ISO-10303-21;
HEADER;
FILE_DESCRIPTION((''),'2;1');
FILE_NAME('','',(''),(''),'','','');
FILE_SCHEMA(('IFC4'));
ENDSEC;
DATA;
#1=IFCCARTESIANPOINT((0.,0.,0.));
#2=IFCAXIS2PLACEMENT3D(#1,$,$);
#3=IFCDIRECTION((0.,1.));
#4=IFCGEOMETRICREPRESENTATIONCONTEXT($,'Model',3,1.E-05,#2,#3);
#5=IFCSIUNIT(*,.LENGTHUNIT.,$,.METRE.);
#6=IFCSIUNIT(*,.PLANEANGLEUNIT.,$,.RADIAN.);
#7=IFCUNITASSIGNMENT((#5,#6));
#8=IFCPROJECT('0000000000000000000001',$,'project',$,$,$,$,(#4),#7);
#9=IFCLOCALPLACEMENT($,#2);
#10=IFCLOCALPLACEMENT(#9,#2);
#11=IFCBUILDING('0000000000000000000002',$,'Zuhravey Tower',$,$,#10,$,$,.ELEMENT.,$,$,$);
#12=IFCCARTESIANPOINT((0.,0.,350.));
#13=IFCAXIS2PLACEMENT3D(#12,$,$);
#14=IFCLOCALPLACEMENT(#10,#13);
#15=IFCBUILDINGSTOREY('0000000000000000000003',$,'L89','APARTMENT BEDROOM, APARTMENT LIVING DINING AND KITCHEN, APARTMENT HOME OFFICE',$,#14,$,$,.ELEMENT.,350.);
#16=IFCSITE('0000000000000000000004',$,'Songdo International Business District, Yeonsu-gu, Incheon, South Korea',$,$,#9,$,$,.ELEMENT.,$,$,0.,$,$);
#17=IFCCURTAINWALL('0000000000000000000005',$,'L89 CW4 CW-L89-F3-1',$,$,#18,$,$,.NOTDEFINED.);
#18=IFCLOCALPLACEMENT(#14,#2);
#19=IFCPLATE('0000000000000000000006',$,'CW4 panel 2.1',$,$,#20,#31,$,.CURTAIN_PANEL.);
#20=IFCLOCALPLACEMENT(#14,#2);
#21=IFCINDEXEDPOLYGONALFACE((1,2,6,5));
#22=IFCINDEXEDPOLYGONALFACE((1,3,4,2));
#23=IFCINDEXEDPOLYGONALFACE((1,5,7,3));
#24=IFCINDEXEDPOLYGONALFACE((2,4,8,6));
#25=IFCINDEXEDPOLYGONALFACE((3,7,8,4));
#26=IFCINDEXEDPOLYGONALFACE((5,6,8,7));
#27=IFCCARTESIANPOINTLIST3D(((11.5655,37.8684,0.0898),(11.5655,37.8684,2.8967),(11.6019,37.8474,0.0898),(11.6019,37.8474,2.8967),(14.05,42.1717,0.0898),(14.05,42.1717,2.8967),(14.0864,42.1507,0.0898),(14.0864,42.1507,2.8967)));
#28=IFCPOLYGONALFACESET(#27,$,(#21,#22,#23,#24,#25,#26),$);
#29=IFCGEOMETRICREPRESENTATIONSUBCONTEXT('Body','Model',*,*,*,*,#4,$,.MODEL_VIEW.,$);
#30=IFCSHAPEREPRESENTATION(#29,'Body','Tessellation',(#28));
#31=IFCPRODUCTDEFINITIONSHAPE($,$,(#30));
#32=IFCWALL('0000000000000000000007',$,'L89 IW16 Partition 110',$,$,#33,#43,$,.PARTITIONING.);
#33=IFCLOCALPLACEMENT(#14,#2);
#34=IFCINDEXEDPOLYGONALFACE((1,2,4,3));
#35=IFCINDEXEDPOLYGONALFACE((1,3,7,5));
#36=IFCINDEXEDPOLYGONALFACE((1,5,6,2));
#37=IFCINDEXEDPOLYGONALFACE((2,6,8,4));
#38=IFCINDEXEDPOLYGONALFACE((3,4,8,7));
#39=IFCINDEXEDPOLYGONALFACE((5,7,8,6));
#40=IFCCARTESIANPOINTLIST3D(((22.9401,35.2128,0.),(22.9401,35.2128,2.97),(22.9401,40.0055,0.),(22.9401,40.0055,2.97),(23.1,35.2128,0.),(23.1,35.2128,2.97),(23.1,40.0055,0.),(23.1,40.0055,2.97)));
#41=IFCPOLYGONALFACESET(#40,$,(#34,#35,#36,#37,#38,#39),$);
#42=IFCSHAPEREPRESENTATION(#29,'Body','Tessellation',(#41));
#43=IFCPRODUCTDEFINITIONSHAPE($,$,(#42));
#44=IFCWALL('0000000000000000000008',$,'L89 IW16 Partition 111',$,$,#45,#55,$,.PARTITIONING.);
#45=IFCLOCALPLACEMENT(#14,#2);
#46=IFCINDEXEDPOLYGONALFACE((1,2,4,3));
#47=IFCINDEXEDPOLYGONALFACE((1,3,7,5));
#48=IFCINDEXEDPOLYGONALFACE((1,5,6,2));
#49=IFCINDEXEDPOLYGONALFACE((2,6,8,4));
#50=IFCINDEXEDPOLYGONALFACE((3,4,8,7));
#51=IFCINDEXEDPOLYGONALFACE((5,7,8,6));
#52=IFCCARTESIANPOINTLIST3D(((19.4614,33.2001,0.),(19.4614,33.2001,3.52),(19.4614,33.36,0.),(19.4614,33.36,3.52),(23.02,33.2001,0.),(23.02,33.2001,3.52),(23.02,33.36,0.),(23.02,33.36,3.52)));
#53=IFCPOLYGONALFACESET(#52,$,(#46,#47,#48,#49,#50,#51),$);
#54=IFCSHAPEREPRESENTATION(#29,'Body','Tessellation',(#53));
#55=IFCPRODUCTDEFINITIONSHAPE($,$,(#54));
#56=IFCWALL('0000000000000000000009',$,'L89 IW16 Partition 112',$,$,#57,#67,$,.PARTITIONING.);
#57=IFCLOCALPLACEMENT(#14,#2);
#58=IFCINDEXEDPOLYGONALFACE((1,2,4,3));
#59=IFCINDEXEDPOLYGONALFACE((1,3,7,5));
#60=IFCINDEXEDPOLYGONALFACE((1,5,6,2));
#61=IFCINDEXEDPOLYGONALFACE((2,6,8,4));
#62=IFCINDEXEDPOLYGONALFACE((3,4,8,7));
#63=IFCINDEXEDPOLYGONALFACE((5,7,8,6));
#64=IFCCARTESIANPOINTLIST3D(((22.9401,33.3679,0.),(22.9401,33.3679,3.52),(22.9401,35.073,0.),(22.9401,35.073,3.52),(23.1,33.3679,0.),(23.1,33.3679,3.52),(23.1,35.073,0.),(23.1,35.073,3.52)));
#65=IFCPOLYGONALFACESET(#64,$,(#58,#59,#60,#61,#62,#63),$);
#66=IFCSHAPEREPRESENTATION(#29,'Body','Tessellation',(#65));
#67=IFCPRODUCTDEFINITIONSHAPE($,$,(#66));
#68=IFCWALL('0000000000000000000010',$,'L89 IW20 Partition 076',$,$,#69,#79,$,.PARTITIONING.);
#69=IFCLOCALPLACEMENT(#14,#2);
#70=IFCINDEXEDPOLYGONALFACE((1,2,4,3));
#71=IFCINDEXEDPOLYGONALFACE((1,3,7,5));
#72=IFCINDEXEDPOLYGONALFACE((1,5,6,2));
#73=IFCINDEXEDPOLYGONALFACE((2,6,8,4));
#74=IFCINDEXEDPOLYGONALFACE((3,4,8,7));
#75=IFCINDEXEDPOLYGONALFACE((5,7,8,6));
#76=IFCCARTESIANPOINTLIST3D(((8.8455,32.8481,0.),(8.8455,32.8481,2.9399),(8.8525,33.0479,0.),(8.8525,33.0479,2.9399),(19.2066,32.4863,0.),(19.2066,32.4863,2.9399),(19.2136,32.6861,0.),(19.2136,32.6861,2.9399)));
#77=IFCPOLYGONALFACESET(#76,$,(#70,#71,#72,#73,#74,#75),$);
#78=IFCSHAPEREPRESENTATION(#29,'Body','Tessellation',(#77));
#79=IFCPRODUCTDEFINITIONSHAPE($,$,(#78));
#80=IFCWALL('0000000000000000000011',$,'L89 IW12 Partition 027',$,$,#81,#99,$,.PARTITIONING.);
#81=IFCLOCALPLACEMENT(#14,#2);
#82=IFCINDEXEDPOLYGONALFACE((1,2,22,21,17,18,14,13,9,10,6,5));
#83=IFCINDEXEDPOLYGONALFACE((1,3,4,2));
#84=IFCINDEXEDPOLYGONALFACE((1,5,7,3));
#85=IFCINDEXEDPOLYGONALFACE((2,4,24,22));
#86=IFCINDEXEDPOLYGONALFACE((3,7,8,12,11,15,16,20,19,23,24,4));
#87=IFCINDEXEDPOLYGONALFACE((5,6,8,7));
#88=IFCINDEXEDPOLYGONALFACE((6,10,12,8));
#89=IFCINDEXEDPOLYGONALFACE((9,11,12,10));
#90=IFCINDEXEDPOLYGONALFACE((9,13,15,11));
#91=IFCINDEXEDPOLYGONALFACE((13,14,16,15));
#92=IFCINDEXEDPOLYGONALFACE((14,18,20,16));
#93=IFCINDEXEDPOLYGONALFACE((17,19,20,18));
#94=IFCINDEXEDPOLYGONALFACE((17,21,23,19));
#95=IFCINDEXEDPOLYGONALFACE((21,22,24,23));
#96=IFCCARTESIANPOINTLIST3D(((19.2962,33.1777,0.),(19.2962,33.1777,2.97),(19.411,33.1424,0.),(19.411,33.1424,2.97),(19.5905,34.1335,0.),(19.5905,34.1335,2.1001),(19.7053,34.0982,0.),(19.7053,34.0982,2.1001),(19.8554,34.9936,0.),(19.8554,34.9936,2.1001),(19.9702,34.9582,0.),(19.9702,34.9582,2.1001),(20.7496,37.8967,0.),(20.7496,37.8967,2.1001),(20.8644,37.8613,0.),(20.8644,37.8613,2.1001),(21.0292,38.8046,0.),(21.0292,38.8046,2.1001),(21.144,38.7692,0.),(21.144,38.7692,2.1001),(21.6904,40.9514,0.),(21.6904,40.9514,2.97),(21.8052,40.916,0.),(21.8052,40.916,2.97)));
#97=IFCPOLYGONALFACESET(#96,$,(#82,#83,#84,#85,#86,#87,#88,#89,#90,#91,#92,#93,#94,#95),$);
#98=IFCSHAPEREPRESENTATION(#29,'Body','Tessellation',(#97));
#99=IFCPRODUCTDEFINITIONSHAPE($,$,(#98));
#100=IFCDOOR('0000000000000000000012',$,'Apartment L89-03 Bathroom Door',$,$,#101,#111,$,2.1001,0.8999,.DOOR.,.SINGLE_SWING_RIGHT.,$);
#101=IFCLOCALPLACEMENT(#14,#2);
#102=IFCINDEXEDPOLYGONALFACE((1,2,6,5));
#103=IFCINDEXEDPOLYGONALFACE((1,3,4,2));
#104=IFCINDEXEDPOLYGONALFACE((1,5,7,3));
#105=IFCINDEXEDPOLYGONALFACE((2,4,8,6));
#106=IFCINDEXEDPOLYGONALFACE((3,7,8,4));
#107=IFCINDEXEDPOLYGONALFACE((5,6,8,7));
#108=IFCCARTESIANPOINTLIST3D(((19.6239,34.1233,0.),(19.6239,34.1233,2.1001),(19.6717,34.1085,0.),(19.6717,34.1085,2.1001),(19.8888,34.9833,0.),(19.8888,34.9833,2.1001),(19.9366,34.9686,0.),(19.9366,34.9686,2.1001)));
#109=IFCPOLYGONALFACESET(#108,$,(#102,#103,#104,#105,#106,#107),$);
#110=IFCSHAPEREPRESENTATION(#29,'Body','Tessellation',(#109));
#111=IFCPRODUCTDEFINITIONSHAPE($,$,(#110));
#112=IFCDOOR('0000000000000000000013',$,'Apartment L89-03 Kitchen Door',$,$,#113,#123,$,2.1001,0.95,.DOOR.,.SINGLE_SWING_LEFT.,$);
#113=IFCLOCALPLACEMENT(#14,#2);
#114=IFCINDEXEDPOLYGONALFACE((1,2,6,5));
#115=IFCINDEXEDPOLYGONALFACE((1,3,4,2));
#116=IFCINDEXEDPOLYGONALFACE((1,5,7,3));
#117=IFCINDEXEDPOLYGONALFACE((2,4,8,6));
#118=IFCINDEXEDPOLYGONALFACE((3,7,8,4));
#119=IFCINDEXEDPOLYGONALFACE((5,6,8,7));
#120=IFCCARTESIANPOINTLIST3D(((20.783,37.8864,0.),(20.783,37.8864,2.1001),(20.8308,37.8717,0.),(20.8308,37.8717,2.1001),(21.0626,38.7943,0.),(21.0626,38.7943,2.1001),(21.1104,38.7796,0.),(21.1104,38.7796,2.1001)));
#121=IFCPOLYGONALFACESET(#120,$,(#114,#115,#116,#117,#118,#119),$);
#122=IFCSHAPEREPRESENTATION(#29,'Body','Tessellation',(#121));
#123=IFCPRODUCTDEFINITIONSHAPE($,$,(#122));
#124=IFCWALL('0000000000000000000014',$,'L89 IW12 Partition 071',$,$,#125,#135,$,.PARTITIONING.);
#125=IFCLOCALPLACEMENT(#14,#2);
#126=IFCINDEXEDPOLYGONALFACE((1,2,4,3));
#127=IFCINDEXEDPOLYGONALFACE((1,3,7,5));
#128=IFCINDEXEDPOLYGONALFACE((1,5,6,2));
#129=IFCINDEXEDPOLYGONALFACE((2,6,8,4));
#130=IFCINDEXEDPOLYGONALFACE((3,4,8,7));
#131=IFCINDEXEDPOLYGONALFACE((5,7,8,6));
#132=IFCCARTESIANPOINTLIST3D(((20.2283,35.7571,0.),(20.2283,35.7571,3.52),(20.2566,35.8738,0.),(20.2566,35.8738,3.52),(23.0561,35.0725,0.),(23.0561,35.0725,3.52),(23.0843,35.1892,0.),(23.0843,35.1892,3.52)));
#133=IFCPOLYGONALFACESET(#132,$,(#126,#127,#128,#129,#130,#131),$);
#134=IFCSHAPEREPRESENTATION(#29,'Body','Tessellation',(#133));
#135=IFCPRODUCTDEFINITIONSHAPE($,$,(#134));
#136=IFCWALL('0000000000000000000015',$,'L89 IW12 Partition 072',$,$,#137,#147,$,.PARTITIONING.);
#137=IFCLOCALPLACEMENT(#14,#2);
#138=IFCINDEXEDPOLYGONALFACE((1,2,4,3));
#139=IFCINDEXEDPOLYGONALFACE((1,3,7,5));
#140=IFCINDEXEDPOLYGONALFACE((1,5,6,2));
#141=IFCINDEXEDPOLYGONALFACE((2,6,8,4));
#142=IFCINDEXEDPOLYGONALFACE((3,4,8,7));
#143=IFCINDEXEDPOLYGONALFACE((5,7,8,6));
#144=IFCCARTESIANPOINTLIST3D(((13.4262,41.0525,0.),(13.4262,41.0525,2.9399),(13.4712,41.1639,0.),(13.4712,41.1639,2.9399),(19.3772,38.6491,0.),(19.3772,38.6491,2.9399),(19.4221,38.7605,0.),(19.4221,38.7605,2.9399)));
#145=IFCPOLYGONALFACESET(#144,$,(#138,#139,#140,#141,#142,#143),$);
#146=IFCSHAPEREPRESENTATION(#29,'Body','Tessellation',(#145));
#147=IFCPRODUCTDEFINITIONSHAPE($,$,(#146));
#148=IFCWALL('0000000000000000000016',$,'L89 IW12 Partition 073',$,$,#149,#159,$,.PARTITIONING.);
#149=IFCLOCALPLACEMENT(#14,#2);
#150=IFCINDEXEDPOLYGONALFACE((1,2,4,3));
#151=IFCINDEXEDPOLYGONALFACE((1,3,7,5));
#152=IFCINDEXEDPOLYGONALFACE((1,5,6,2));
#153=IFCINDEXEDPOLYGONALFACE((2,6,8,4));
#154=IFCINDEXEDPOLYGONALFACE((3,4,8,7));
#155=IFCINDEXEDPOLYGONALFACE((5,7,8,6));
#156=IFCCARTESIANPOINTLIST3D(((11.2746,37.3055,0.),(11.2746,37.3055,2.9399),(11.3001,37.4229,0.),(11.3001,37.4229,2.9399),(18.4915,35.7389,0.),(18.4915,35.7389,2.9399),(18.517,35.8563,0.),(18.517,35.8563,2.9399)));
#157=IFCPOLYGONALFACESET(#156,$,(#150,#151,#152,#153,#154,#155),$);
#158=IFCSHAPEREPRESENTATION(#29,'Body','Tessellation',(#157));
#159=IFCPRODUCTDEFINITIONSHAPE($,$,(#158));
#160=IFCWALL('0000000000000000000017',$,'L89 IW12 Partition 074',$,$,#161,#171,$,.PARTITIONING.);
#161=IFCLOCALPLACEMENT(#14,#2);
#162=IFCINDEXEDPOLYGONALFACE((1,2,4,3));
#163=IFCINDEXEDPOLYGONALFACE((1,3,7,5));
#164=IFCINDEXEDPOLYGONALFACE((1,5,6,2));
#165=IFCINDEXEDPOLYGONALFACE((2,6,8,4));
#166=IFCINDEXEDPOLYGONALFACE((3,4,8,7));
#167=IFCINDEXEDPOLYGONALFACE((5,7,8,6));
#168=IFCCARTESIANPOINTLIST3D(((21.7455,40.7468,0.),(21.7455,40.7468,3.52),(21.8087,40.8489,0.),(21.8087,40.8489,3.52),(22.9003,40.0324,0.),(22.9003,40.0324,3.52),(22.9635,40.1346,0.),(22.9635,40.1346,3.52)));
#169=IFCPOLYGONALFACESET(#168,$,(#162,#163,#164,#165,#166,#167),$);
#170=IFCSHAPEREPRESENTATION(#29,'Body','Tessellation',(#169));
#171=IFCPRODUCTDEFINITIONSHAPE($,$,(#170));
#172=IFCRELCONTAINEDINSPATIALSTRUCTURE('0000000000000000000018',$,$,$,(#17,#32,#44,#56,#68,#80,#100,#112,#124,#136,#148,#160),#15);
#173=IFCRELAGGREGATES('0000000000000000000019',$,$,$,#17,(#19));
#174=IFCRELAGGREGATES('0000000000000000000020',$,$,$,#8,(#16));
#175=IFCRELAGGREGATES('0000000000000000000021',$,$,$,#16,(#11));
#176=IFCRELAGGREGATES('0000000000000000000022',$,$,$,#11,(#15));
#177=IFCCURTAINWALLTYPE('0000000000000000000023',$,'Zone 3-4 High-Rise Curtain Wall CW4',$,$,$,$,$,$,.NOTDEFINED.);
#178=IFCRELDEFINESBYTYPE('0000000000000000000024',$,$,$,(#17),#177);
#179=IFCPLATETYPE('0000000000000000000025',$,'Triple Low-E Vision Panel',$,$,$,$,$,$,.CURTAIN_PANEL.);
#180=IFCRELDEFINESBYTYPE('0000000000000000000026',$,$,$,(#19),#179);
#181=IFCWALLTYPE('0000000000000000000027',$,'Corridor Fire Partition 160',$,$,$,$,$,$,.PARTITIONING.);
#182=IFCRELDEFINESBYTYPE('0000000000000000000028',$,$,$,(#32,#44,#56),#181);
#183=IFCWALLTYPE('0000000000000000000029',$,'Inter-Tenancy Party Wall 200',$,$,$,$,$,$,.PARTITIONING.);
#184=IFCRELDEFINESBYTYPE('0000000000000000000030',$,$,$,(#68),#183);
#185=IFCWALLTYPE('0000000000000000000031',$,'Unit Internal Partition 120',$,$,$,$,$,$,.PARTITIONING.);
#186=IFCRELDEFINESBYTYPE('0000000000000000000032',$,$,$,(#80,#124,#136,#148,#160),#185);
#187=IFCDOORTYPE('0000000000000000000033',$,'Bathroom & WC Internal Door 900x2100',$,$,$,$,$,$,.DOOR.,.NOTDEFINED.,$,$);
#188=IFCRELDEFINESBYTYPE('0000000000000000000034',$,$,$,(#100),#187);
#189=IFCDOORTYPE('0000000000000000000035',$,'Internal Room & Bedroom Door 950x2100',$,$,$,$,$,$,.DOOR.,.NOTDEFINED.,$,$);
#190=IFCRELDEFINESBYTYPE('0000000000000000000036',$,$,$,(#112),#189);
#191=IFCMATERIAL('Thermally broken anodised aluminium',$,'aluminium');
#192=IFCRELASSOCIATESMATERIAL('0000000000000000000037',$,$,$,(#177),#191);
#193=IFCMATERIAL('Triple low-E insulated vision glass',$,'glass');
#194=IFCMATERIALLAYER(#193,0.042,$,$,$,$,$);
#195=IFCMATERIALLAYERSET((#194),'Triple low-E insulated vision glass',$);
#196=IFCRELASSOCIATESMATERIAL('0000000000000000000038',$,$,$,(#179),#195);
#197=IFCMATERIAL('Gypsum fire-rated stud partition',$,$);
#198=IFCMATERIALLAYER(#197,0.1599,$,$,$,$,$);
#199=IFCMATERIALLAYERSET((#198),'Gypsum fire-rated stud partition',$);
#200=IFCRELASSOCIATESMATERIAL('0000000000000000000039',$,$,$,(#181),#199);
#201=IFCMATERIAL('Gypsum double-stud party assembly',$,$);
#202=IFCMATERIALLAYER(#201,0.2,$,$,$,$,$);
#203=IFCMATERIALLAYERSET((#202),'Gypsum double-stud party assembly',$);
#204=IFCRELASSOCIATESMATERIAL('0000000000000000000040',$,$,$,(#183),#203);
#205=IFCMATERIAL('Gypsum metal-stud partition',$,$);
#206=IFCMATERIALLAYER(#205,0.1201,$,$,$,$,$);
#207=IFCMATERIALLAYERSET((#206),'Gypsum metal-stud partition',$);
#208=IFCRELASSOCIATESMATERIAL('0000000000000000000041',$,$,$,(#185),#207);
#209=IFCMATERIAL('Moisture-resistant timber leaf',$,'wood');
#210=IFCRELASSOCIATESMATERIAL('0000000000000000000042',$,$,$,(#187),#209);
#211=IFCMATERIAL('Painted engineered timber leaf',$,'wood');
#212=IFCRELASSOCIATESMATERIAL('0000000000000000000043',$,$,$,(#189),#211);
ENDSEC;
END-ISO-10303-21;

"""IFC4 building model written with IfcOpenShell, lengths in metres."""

from ifc_helpers import new_model, si_unit, direction, frame, frame_2d, origin, origin_2d, place, context, subcontext, project, spatial, rectangle, extrude, material, layer, layer_set, type_object, element, fill, aggregate, save


model = new_model("IFC4")

# Units and contexts
model_context = context("Model", 3, precision=1e-05, world=origin(), true_north=direction((0.0, 1.0)))
body_context = subcontext(model_context, "Body", "Model", "MODEL_VIEW")
ifc_project = project(units=[si_unit("LENGTHUNIT", "METRE"), si_unit("PLANEANGLEUNIT", "RADIAN")], contexts=[model_context])

# Site, building, storey
site_placement = place(None, origin())
site = spatial("IfcSite", under=ifc_project, at=site_placement, Name="Songdo International Business District, Yeonsu-gu, Incheon, South Korea", CompositionType="ELEMENT", RefElevation=0.0)
building_placement = place(site_placement, origin())
building = spatial("IfcBuilding", under=site, at=building_placement, Name="Zuhravey Tower", CompositionType="ELEMENT")
storey_placement = place(building_placement, frame((0.0, 0.0, 350.0)))
storey = spatial("IfcBuildingStorey", under=building, at=storey_placement, Name="L89", Description="APARTMENT BEDROOM, APARTMENT LIVING DINING AND KITCHEN, APARTMENT HOME OFFICE", CompositionType="ELEMENT", Elevation=350.0)

# Curtain wall
ifc_material_1 = material(Name="Thermally broken anodised aluminium", Category="aluminium")
curtain_wall_type = type_object("IfcCurtainWallType", Name="Zone 3-4 High-Rise Curtain Wall CW4", PredefinedType="NOTDEFINED", material=ifc_material_1)
curtain_wall_placement = place(storey_placement, origin())
curtain_wall = element("IfcCurtainWall", 1, at=curtain_wall_placement, inside=storey, type_object=curtain_wall_type, Name="L89 CW4 CW-L89-F3-1", PredefinedType="NOTDEFINED")

# Plate
ifc_material_2 = material(Name="Triple low-E insulated vision glass", Category="glass")
ifc_layer_1 = layer(ifc_material_2, 0.042)
ifc_layer_set_1 = layer_set([ifc_layer_1], Name="Triple low-E insulated vision glass")
plate_type = type_object("IfcPlateType", Name="Triple Low-E Vision Panel", PredefinedType="CURTAIN_PANEL", material=ifc_layer_set_1)
plate_1_placement = place(storey_placement, frame((12.8259, 40.0095, 0.0898), z_axis=(0.0, 0.0, 1.0), x_axis=(0.499998, 0.866026, 0.0)))
plate_1 = element("IfcPlate", 2, at=plate_1_placement, type_object=plate_type, Name="CW4 panel 2.1", PredefinedType="CURTAIN_PANEL", context=body_context, shape_type="SweptSolid", body=[
    extrude(rectangle(XDim=4.969, YDim=0.042, at=origin_2d()), origin(), (0.0, 0.0, 1.0), 2.8069),
])
aggregate(curtain_wall, [plate_1])

# Walls
ifc_material_3 = material(Name="Gypsum fire-rated stud partition")
ifc_layer_2 = layer(ifc_material_3, 0.1599)
ifc_layer_set_2 = layer_set([ifc_layer_2], Name="Gypsum fire-rated stud partition")
wall_type_1 = type_object("IfcWallType", Name="Corridor Fire Partition 160", PredefinedType="PARTITIONING", material=ifc_layer_set_2)
wall_1_placement = place(storey_placement, frame((23.02, 40.0056, 0.0), z_axis=(0.0, 0.0, 1.0), x_axis=(0.0, -1.0, 0.0)))
element("IfcWall", 3, at=wall_1_placement, inside=storey, type_object=wall_type_1, Name="L89 IW16 Partition 110", PredefinedType="PARTITIONING", context=body_context, shape_type="SweptSolid", body=[
    extrude(rectangle(XDim=4.7927, YDim=0.1599, at=frame_2d((2.3965, 0.0))), origin(), (0.0, 0.0, 1.0), 2.97),
])
wall_2_placement = place(storey_placement, frame((23.02, 33.28, 0.0), z_axis=(0.0, 0.0, 1.0), x_axis=(-1.0, 0.0, 0.0)))
element("IfcWall", 4, at=wall_2_placement, inside=storey, type_object=wall_type_1, Name="L89 IW16 Partition 111", PredefinedType="PARTITIONING", context=body_context, shape_type="SweptSolid", body=[
    extrude(rectangle(XDim=3.5586, YDim=0.1599, at=frame_2d((1.7793, 0.0))), origin(), (0.0, 0.0, 1.0), 3.52),
])
wall_3_placement = place(storey_placement, frame((23.02, 35.073, 0.0), z_axis=(0.0, 0.0, 1.0), x_axis=(0.0, -1.0, 0.0)))
element("IfcWall", 5, at=wall_3_placement, inside=storey, type_object=wall_type_1, Name="L89 IW16 Partition 112", PredefinedType="PARTITIONING", context=body_context, shape_type="SweptSolid", body=[
    extrude(rectangle(XDim=1.7051, YDim=0.1599, at=frame_2d((0.8525, 0.0))), origin(), (0.0, 0.0, 1.0), 3.52),
])
ifc_material_4 = material(Name="Gypsum double-stud party assembly")
ifc_layer_3 = layer(ifc_material_4, 0.2)
ifc_layer_set_3 = layer_set([ifc_layer_3], Name="Gypsum double-stud party assembly")
wall_type_2 = type_object("IfcWallType", Name="Inter-Tenancy Party Wall 200", PredefinedType="PARTITIONING", material=ifc_layer_set_3)
wall_4_placement = place(storey_placement, frame((19.21, 32.5862, 0.0), z_axis=(0.0, 0.0, 1.0), x_axis=(-0.999391, 0.034899, 0.0)))
element("IfcWall", 6, at=wall_4_placement, inside=storey, type_object=wall_type_2, Name="L89 IW20 Partition 076", PredefinedType="PARTITIONING", context=body_context, shape_type="SweptSolid", body=[
    extrude(rectangle(XDim=10.3674, YDim=0.2, at=frame_2d((5.1836, 0.0))), origin(), (0.0, 0.0, 1.0), 2.9399),
])

# Wall, openings, doors
ifc_material_5 = material(Name="Gypsum metal-stud partition")
ifc_layer_4 = layer(ifc_material_5, 0.1201)
ifc_layer_set_4 = layer_set([ifc_layer_4], Name="Gypsum metal-stud partition")
wall_type_3 = type_object("IfcWallType", Name="Unit Internal Partition 120", PredefinedType="PARTITIONING", material=ifc_layer_set_4)
wall_5_placement = place(storey_placement, frame((21.7478, 40.9336, 0.0), z_axis=(0.0, 0.0, 1.0), x_axis=(-0.294354, -0.955697, 0.0)))
wall_5 = element("IfcWall", 7, at=wall_5_placement, inside=storey, type_object=wall_type_3, Name="L89 IW12 Partition 027", PredefinedType="PARTITIONING", context=body_context, shape_type="SweptSolid", body=[
    extrude(rectangle(XDim=8.134, YDim=0.1201, at=frame_2d((4.0669, 0.0))), origin(), (0.0, 0.0, 1.0), 2.97),
])
opening_1_placement = place(wall_5_placement, frame((2.2461, 0.0, 0.0)))
opening_1 = element("IfcOpeningElement", 8, at=opening_1_placement, cuts=wall_5, PredefinedType="OPENING", context=body_context, shape_type="SweptSolid", body=[
    extrude(rectangle(XDim=0.95, YDim=2.1001, at=frame_2d((0.4751, 1.05))), frame((0.0, 0.072, 0.0), z_axis=(0.0, -1.0, 0.0), x_axis=(1.0, 0.0, 0.0)), (0.0, 0.0, 1.0), 0.144),
])
opening_2_placement = place(wall_5_placement, frame((6.2339, 0.0, 0.0)))
opening_2 = element("IfcOpeningElement", 9, at=opening_2_placement, cuts=wall_5, PredefinedType="OPENING", context=body_context, shape_type="SweptSolid", body=[
    extrude(rectangle(XDim=0.8999, YDim=2.1001, at=frame_2d((0.45, 1.05))), frame((0.0, 0.072, 0.0), z_axis=(0.0, -1.0, 0.0), x_axis=(1.0, 0.0, 0.0)), (0.0, 0.0, 1.0), 0.144),
])
ifc_material_6 = material(Name="Moisture-resistant timber leaf", Category="wood")
door_type_1 = type_object("IfcDoorType", Name="Bathroom & WC Internal Door 900x2100", OperationType="NOTDEFINED", PredefinedType="DOOR", material=ifc_material_6)
door_1_placement = place(opening_2_placement, origin())
door_1 = element("IfcDoor", 10, at=door_1_placement, inside=storey, type_object=door_type_1, Name="Apartment L89-03 Bathroom Door", OperationType="SINGLE_SWING_RIGHT", OverallHeight=2.1001, OverallWidth=0.8999, PredefinedType="DOOR", context=body_context, shape_type="SweptSolid", body=[
    extrude(rectangle(XDim=0.8999, YDim=2.1001, at=frame_2d((0.45, 1.05))), frame((0.0, 0.0249, 0.0), z_axis=(0.0, -1.0, 0.0), x_axis=(1.0, 0.0, 0.0)), (0.0, 0.0, 1.0), 0.05),
])
fill(opening_2, door_1)
ifc_material_7 = material(Name="Painted engineered timber leaf", Category="wood")
door_type_2 = type_object("IfcDoorType", Name="Internal Room & Bedroom Door 950x2100", OperationType="NOTDEFINED", PredefinedType="DOOR", material=ifc_material_7)
door_2_placement = place(opening_1_placement, origin())
door_2 = element("IfcDoor", 11, at=door_2_placement, inside=storey, type_object=door_type_2, Name="Apartment L89-03 Kitchen Door", OperationType="SINGLE_SWING_LEFT", OverallHeight=2.1001, OverallWidth=0.95, PredefinedType="DOOR", context=body_context, shape_type="SweptSolid", body=[
    extrude(rectangle(XDim=0.95, YDim=2.1001, at=frame_2d((0.4751, 1.05))), frame((0.0, 0.0249, 0.0), z_axis=(0.0, -1.0, 0.0), x_axis=(1.0, 0.0, 0.0)), (0.0, 0.0, 1.0), 0.05),
])
fill(opening_1, door_2)

# Walls
wall_6_placement = place(storey_placement, frame((23.0701, 35.1309, 0.0), z_axis=(0.0, 0.0, 1.0), x_axis=(-0.971922, 0.235302, 0.0)))
element("IfcWall", 12, at=wall_6_placement, inside=storey, type_object=wall_type_3, Name="L89 IW12 Partition 071", PredefinedType="PARTITIONING", context=body_context, shape_type="SweptSolid", body=[
    extrude(rectangle(XDim=2.9094, YDim=0.1201, at=frame_2d((1.4546, 0.0))), origin(), (0.0, 0.0, 1.0), 3.52),
])
wall_7_placement = place(storey_placement, frame((19.3997, 38.7048, 0.0), z_axis=(0.0, 0.0, 1.0), x_axis=(-0.927239, 0.374471, 0.0)))
element("IfcWall", 13, at=wall_7_placement, inside=storey, type_object=wall_type_3, Name="L89 IW12 Partition 072", PredefinedType="PARTITIONING", context=body_context, shape_type="SweptSolid", body=[
    extrude(rectangle(XDim=6.418, YDim=0.1201, at=frame_2d((3.209, 0.0))), origin(), (0.0, 0.0, 1.0), 2.9399),
])
wall_8_placement = place(storey_placement, frame((18.5042, 35.7976, 0.0), z_axis=(0.0, 0.0, 1.0), x_axis=(-0.97724, 0.212136, 0.0)))
element("IfcWall", 14, at=wall_8_placement, inside=storey, type_object=wall_type_3, Name="L89 IW12 Partition 073", PredefinedType="PARTITIONING", context=body_context, shape_type="SweptSolid", body=[
    extrude(rectangle(XDim=7.385, YDim=0.1201, at=frame_2d((3.6924, 0.0))), origin(), (0.0, 0.0, 1.0), 2.9399),
])
wall_9_placement = place(storey_placement, frame((22.9319, 40.0835, 0.0), z_axis=(0.0, 0.0, 1.0), x_axis=(-0.850434, 0.526082, 0.0)))
element("IfcWall", 15, at=wall_9_placement, inside=storey, type_object=wall_type_3, Name="L89 IW12 Partition 074", PredefinedType="PARTITIONING", context=body_context, shape_type="SweptSolid", body=[
    extrude(rectangle(XDim=1.3579, YDim=0.1201, at=frame_2d((0.679, 0.0))), origin(), (0.0, 0.0, 1.0), 3.52),
])

save(model, "model.ifc")
